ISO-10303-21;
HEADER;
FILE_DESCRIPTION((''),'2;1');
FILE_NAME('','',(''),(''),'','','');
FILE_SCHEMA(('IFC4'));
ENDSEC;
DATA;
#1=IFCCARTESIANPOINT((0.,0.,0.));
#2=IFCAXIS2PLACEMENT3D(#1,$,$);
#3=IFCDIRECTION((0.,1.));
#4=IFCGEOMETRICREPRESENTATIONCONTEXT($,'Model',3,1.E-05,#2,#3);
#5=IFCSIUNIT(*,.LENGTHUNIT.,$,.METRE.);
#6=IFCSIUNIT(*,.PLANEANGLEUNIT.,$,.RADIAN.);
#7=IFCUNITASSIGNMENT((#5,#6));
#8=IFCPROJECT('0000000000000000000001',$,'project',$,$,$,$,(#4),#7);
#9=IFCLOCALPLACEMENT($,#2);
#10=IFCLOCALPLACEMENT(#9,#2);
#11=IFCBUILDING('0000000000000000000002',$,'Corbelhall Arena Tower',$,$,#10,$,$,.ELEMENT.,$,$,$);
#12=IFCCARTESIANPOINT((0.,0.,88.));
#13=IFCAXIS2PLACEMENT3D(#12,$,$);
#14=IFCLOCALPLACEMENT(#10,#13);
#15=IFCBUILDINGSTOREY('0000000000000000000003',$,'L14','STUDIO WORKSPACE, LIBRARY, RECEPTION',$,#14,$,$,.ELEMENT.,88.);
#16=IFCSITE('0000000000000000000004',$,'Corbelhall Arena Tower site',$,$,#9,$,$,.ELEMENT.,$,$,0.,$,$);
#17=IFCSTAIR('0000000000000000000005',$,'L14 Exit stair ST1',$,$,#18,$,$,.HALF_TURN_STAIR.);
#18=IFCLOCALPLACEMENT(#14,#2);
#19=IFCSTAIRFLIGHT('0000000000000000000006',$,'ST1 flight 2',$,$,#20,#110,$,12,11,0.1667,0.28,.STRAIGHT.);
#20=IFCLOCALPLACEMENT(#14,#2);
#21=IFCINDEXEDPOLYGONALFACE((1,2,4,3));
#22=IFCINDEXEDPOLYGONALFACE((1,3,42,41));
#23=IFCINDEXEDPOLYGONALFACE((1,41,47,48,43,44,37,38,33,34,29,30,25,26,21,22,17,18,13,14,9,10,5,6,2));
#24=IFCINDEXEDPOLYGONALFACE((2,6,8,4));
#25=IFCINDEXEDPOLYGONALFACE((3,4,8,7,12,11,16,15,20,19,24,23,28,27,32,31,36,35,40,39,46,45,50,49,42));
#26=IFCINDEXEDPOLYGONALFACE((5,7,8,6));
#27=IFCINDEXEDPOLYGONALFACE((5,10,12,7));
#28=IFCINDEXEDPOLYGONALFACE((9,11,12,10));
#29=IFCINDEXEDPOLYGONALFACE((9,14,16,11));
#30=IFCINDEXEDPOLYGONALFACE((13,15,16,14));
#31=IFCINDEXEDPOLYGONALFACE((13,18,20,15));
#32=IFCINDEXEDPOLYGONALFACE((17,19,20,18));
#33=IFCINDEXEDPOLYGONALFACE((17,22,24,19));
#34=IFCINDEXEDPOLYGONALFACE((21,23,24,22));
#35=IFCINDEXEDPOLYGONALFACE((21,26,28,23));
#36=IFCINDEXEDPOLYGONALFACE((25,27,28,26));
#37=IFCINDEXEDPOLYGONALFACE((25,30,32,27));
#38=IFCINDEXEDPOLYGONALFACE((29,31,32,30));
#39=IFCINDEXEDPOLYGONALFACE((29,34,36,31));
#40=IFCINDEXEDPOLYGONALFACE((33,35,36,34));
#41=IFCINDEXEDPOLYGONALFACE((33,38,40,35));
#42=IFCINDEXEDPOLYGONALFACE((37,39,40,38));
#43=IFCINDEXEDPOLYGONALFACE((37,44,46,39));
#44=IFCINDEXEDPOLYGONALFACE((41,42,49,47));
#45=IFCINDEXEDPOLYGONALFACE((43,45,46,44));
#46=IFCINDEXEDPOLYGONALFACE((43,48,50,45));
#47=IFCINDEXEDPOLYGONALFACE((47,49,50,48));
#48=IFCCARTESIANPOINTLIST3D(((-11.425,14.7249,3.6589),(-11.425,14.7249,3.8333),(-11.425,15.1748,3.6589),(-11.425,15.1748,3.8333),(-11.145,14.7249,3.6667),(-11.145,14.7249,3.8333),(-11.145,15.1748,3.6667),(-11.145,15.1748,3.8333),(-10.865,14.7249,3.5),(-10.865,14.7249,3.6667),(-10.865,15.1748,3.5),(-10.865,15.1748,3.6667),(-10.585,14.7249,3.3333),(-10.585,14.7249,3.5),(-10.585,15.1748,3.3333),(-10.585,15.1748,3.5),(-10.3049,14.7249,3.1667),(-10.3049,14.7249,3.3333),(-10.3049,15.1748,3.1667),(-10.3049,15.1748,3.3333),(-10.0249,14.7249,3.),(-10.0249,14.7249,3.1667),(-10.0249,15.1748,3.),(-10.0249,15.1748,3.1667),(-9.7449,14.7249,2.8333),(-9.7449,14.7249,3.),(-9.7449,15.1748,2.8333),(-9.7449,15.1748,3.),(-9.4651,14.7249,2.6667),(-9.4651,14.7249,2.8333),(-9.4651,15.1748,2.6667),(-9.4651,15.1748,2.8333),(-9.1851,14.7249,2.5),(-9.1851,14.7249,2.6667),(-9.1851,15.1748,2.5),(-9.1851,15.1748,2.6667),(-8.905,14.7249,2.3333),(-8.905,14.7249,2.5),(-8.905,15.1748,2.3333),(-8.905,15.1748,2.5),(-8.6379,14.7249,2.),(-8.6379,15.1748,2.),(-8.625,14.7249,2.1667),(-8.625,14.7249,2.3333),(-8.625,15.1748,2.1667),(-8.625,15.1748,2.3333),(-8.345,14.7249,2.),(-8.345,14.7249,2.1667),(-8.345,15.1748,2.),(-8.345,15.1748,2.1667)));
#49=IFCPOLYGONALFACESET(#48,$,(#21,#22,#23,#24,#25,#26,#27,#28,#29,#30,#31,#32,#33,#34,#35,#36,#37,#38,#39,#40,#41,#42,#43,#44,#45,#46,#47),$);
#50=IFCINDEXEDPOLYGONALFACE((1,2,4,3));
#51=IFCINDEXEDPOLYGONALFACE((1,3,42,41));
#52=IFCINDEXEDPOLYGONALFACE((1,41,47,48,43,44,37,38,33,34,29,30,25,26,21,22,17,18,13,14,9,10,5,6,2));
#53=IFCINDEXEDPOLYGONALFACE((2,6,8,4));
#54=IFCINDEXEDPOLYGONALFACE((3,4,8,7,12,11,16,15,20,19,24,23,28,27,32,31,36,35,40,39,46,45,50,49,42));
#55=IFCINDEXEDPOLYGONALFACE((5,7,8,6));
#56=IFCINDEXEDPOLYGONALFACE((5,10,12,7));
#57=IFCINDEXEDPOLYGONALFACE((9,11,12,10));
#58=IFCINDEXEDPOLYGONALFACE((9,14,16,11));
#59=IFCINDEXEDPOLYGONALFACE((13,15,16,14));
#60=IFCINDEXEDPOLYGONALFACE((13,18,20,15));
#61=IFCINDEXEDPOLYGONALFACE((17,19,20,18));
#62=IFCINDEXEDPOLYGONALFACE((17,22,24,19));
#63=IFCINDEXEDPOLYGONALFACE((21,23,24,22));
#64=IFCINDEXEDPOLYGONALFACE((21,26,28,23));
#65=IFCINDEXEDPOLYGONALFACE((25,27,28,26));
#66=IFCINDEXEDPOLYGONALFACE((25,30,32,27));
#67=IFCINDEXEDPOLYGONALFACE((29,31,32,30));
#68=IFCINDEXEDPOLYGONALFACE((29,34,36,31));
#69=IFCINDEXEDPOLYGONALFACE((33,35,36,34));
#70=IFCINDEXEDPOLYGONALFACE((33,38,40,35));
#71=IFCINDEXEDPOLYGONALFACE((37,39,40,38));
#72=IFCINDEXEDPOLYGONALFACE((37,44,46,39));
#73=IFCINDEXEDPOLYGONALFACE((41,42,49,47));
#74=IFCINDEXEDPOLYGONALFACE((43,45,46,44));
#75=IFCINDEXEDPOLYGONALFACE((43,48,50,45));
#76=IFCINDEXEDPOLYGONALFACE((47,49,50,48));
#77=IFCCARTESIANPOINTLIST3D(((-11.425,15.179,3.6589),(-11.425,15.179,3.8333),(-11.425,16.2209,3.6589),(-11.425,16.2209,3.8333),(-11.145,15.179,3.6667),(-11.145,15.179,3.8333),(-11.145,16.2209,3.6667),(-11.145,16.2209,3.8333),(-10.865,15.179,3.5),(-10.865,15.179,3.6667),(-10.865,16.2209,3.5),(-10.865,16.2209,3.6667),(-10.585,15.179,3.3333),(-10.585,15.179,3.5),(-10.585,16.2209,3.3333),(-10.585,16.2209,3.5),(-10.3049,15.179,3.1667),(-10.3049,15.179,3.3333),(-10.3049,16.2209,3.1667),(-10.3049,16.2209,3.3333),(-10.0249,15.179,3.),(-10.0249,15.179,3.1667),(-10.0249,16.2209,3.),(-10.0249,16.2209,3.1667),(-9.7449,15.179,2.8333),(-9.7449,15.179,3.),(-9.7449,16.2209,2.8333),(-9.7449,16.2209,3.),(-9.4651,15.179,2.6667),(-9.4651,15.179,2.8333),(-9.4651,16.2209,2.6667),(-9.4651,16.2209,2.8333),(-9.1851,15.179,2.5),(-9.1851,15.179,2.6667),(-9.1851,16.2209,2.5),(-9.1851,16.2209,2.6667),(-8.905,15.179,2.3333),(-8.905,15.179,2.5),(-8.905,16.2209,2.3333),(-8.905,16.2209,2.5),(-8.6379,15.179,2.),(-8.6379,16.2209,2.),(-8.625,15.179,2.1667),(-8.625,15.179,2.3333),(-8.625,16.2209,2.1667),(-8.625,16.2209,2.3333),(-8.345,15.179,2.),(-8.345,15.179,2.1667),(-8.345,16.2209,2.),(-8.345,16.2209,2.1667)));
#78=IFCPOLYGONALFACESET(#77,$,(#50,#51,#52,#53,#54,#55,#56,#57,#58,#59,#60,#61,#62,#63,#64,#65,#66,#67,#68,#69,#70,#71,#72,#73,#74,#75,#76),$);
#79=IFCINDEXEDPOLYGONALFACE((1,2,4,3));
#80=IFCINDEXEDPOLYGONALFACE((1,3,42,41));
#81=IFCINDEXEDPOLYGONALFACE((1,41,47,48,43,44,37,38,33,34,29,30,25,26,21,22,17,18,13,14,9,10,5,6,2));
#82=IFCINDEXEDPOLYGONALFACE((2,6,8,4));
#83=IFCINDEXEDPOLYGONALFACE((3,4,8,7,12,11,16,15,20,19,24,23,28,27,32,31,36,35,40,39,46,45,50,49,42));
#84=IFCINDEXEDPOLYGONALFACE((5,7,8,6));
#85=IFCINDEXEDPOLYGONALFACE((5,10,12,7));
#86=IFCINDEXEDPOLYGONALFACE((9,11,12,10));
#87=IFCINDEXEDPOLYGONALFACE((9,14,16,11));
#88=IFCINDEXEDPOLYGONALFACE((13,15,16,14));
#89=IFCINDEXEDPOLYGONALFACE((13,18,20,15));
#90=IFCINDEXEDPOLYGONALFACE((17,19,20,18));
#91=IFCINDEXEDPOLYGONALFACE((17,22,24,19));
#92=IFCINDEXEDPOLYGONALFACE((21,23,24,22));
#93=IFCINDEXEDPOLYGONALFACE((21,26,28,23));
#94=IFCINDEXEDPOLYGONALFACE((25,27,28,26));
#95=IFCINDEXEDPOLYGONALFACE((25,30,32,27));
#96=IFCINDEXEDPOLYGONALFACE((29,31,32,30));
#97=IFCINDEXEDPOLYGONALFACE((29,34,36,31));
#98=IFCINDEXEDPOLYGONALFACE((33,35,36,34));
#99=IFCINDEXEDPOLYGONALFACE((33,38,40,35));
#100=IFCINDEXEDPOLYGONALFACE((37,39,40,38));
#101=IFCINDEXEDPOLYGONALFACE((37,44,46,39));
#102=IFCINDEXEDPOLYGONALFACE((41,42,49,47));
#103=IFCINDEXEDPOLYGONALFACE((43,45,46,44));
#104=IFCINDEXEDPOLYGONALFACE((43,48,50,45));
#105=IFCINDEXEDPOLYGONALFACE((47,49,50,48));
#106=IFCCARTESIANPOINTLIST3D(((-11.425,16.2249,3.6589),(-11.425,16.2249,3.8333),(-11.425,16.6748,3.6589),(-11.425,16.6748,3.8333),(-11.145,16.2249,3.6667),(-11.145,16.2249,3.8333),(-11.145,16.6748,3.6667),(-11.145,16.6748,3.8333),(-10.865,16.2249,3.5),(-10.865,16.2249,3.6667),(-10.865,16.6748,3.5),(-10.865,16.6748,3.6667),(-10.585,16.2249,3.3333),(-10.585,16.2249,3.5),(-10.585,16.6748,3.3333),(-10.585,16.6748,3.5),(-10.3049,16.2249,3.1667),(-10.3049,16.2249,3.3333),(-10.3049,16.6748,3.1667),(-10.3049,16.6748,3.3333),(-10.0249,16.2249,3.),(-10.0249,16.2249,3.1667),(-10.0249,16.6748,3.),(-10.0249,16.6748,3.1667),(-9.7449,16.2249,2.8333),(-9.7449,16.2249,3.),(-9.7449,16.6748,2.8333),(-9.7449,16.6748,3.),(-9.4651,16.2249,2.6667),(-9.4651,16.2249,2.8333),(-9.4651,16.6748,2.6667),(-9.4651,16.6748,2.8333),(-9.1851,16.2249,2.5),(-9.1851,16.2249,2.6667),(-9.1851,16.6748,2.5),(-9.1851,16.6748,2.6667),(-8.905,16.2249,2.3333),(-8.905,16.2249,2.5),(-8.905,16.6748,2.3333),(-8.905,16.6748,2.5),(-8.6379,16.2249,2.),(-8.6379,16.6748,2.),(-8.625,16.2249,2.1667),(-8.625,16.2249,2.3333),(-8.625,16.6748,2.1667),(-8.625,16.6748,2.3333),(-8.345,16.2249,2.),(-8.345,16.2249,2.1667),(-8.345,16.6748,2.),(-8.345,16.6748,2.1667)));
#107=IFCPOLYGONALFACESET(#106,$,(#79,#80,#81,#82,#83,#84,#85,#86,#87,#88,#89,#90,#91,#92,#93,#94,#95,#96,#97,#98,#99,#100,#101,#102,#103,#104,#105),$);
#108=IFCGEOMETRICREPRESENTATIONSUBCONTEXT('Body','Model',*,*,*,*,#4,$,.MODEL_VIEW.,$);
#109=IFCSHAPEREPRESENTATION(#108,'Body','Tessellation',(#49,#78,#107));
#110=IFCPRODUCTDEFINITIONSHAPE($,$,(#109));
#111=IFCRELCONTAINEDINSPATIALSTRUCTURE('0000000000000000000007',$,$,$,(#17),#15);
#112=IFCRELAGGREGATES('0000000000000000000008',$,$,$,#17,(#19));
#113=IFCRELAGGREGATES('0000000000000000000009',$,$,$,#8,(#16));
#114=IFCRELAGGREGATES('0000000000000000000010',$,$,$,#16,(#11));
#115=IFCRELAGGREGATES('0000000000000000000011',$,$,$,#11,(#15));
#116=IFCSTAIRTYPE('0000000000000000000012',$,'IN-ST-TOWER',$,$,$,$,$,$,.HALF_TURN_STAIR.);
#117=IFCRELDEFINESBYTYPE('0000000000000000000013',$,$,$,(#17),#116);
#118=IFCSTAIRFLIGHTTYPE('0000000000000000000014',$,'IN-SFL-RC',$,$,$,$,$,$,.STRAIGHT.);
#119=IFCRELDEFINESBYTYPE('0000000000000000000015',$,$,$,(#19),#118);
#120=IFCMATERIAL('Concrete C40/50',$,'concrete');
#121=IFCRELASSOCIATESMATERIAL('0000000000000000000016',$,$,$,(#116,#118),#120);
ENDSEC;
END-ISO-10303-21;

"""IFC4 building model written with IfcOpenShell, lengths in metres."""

from ifc_helpers import new_model, si_unit, direction, frame, origin, place, context, subcontext, project, spatial, polyline, outline, extrude, material, type_object, element, aggregate, save


model = new_model("IFC4")

# Units and contexts
model_context = context("Model", 3, precision=1e-05, world=origin(), true_north=direction((0.0, 1.0)))
body_context = subcontext(model_context, "Body", "Model", "MODEL_VIEW")
ifc_project = project(units=[si_unit("LENGTHUNIT", "METRE"), si_unit("PLANEANGLEUNIT", "RADIAN")], contexts=[model_context])

# Site, building, storey
site_placement = place(None, origin())
site = spatial("IfcSite", under=ifc_project, at=site_placement, Name="Corbelhall Arena Tower site", CompositionType="ELEMENT", RefElevation=0.0)
building_placement = place(site_placement, origin())
building = spatial("IfcBuilding", under=site, at=building_placement, Name="Corbelhall Arena Tower", CompositionType="ELEMENT")
storey_placement = place(building_placement, frame((0.0, 0.0, 88.0)))
storey = spatial("IfcBuildingStorey", under=building, at=storey_placement, Name="L14", Description="STUDIO WORKSPACE, LIBRARY, RECEPTION", CompositionType="ELEMENT", Elevation=88.0)

# Shared definitions
ifc_material_1 = material(Name="Concrete C40/50", Category="concrete")

# Stair, stair flight
stair_type = type_object("IfcStairType", Name="IN-ST-TOWER", PredefinedType="HALF_TURN_STAIR", material=ifc_material_1)
stair_placement = place(storey_placement, origin())
stair = element("IfcStair", 1, at=stair_placement, inside=storey, type_object=stair_type, Name="L14 Exit stair ST1", PredefinedType="HALF_TURN_STAIR")
stair_flight_type = type_object("IfcStairFlightType", Name="IN-SFL-RC", PredefinedType="STRAIGHT", material=ifc_material_1)
stair_flight_1_placement = place(storey_placement, frame((-8.345, 15.7, 2.0), z_axis=(0.0, 0.0, 1.0), x_axis=(-1.0, 0.0, 0.0)))
stair_flight_1 = element("IfcStairFlight", 2, at=stair_flight_1_placement, type_object=stair_flight_type, Name="ST1 flight 2", NumberOfRisers=12, NumberOfTreads=11, PredefinedType="STRAIGHT", RiserHeight=0.1667, TreadLength=0.28, context=body_context, shape_type="SweptSolid", body=[
    extrude(outline(polyline([(0.0, 0.0), (0.0, 0.1667), (0.28, 0.1667), (0.28, 0.3333), (0.5601, 0.3333), (0.5601, 0.5), (0.8401, 0.5), (0.8401, 0.6667), (1.1201, 0.6667), (1.1201, 0.8333), (1.3999, 0.8333), (1.3999, 1.0), (1.6799, 1.0), (1.6799, 1.1667), (1.96, 1.1667), (1.96, 1.3333), (2.24, 1.3333), (2.24, 1.5), (2.52, 1.5), (2.52, 1.6667), (2.8, 1.6667), (2.8, 1.8333), (3.0801, 1.8333), (3.0801, 2.0), (3.0801, 1.6589), (0.293, 0.0), (0.0, 0.0)])), frame((0.0, 0.9751, 0.0), z_axis=(0.0, -1.0, 0.0), x_axis=(1.0, 0.0, 0.0)), (0.0, 0.0, 1.0), 0.45),
    extrude(outline(polyline([(0.0, 0.0), (0.0, 0.1667), (0.28, 0.1667), (0.28, 0.3333), (0.5601, 0.3333), (0.5601, 0.5), (0.8401, 0.5), (0.8401, 0.6667), (1.1201, 0.6667), (1.1201, 0.8333), (1.3999, 0.8333), (1.3999, 1.0), (1.6799, 1.0), (1.6799, 1.1667), (1.96, 1.1667), (1.96, 1.3333), (2.24, 1.3333), (2.24, 1.5), (2.52, 1.5), (2.52, 1.6667), (2.8, 1.6667), (2.8, 1.8333), (3.0801, 1.8333), (3.0801, 2.0), (3.0801, 1.6589), (0.293, 0.0), (0.0, 0.0)])), frame((0.0, 0.521, 0.0), z_axis=(0.0, -1.0, 0.0), x_axis=(1.0, 0.0, 0.0)), (0.0, 0.0, 1.0), 1.042),
    extrude(outline(polyline([(0.0, 0.0), (0.0, 0.1667), (0.28, 0.1667), (0.28, 0.3333), (0.5601, 0.3333), (0.5601, 0.5), (0.8401, 0.5), (0.8401, 0.6667), (1.1201, 0.6667), (1.1201, 0.8333), (1.3999, 0.8333), (1.3999, 1.0), (1.6799, 1.0), (1.6799, 1.1667), (1.96, 1.1667), (1.96, 1.3333), (2.24, 1.3333), (2.24, 1.5), (2.52, 1.5), (2.52, 1.6667), (2.8, 1.6667), (2.8, 1.8333), (3.0801, 1.8333), (3.0801, 2.0), (3.0801, 1.6589), (0.293, 0.0), (0.0, 0.0)])), frame((0.0, -0.5249, 0.0), z_axis=(0.0, -1.0, 0.0), x_axis=(1.0, 0.0, 0.0)), (0.0, 0.0, 1.0), 0.45),
])
aggregate(stair, [stair_flight_1])

save(model, "model.ifc")
